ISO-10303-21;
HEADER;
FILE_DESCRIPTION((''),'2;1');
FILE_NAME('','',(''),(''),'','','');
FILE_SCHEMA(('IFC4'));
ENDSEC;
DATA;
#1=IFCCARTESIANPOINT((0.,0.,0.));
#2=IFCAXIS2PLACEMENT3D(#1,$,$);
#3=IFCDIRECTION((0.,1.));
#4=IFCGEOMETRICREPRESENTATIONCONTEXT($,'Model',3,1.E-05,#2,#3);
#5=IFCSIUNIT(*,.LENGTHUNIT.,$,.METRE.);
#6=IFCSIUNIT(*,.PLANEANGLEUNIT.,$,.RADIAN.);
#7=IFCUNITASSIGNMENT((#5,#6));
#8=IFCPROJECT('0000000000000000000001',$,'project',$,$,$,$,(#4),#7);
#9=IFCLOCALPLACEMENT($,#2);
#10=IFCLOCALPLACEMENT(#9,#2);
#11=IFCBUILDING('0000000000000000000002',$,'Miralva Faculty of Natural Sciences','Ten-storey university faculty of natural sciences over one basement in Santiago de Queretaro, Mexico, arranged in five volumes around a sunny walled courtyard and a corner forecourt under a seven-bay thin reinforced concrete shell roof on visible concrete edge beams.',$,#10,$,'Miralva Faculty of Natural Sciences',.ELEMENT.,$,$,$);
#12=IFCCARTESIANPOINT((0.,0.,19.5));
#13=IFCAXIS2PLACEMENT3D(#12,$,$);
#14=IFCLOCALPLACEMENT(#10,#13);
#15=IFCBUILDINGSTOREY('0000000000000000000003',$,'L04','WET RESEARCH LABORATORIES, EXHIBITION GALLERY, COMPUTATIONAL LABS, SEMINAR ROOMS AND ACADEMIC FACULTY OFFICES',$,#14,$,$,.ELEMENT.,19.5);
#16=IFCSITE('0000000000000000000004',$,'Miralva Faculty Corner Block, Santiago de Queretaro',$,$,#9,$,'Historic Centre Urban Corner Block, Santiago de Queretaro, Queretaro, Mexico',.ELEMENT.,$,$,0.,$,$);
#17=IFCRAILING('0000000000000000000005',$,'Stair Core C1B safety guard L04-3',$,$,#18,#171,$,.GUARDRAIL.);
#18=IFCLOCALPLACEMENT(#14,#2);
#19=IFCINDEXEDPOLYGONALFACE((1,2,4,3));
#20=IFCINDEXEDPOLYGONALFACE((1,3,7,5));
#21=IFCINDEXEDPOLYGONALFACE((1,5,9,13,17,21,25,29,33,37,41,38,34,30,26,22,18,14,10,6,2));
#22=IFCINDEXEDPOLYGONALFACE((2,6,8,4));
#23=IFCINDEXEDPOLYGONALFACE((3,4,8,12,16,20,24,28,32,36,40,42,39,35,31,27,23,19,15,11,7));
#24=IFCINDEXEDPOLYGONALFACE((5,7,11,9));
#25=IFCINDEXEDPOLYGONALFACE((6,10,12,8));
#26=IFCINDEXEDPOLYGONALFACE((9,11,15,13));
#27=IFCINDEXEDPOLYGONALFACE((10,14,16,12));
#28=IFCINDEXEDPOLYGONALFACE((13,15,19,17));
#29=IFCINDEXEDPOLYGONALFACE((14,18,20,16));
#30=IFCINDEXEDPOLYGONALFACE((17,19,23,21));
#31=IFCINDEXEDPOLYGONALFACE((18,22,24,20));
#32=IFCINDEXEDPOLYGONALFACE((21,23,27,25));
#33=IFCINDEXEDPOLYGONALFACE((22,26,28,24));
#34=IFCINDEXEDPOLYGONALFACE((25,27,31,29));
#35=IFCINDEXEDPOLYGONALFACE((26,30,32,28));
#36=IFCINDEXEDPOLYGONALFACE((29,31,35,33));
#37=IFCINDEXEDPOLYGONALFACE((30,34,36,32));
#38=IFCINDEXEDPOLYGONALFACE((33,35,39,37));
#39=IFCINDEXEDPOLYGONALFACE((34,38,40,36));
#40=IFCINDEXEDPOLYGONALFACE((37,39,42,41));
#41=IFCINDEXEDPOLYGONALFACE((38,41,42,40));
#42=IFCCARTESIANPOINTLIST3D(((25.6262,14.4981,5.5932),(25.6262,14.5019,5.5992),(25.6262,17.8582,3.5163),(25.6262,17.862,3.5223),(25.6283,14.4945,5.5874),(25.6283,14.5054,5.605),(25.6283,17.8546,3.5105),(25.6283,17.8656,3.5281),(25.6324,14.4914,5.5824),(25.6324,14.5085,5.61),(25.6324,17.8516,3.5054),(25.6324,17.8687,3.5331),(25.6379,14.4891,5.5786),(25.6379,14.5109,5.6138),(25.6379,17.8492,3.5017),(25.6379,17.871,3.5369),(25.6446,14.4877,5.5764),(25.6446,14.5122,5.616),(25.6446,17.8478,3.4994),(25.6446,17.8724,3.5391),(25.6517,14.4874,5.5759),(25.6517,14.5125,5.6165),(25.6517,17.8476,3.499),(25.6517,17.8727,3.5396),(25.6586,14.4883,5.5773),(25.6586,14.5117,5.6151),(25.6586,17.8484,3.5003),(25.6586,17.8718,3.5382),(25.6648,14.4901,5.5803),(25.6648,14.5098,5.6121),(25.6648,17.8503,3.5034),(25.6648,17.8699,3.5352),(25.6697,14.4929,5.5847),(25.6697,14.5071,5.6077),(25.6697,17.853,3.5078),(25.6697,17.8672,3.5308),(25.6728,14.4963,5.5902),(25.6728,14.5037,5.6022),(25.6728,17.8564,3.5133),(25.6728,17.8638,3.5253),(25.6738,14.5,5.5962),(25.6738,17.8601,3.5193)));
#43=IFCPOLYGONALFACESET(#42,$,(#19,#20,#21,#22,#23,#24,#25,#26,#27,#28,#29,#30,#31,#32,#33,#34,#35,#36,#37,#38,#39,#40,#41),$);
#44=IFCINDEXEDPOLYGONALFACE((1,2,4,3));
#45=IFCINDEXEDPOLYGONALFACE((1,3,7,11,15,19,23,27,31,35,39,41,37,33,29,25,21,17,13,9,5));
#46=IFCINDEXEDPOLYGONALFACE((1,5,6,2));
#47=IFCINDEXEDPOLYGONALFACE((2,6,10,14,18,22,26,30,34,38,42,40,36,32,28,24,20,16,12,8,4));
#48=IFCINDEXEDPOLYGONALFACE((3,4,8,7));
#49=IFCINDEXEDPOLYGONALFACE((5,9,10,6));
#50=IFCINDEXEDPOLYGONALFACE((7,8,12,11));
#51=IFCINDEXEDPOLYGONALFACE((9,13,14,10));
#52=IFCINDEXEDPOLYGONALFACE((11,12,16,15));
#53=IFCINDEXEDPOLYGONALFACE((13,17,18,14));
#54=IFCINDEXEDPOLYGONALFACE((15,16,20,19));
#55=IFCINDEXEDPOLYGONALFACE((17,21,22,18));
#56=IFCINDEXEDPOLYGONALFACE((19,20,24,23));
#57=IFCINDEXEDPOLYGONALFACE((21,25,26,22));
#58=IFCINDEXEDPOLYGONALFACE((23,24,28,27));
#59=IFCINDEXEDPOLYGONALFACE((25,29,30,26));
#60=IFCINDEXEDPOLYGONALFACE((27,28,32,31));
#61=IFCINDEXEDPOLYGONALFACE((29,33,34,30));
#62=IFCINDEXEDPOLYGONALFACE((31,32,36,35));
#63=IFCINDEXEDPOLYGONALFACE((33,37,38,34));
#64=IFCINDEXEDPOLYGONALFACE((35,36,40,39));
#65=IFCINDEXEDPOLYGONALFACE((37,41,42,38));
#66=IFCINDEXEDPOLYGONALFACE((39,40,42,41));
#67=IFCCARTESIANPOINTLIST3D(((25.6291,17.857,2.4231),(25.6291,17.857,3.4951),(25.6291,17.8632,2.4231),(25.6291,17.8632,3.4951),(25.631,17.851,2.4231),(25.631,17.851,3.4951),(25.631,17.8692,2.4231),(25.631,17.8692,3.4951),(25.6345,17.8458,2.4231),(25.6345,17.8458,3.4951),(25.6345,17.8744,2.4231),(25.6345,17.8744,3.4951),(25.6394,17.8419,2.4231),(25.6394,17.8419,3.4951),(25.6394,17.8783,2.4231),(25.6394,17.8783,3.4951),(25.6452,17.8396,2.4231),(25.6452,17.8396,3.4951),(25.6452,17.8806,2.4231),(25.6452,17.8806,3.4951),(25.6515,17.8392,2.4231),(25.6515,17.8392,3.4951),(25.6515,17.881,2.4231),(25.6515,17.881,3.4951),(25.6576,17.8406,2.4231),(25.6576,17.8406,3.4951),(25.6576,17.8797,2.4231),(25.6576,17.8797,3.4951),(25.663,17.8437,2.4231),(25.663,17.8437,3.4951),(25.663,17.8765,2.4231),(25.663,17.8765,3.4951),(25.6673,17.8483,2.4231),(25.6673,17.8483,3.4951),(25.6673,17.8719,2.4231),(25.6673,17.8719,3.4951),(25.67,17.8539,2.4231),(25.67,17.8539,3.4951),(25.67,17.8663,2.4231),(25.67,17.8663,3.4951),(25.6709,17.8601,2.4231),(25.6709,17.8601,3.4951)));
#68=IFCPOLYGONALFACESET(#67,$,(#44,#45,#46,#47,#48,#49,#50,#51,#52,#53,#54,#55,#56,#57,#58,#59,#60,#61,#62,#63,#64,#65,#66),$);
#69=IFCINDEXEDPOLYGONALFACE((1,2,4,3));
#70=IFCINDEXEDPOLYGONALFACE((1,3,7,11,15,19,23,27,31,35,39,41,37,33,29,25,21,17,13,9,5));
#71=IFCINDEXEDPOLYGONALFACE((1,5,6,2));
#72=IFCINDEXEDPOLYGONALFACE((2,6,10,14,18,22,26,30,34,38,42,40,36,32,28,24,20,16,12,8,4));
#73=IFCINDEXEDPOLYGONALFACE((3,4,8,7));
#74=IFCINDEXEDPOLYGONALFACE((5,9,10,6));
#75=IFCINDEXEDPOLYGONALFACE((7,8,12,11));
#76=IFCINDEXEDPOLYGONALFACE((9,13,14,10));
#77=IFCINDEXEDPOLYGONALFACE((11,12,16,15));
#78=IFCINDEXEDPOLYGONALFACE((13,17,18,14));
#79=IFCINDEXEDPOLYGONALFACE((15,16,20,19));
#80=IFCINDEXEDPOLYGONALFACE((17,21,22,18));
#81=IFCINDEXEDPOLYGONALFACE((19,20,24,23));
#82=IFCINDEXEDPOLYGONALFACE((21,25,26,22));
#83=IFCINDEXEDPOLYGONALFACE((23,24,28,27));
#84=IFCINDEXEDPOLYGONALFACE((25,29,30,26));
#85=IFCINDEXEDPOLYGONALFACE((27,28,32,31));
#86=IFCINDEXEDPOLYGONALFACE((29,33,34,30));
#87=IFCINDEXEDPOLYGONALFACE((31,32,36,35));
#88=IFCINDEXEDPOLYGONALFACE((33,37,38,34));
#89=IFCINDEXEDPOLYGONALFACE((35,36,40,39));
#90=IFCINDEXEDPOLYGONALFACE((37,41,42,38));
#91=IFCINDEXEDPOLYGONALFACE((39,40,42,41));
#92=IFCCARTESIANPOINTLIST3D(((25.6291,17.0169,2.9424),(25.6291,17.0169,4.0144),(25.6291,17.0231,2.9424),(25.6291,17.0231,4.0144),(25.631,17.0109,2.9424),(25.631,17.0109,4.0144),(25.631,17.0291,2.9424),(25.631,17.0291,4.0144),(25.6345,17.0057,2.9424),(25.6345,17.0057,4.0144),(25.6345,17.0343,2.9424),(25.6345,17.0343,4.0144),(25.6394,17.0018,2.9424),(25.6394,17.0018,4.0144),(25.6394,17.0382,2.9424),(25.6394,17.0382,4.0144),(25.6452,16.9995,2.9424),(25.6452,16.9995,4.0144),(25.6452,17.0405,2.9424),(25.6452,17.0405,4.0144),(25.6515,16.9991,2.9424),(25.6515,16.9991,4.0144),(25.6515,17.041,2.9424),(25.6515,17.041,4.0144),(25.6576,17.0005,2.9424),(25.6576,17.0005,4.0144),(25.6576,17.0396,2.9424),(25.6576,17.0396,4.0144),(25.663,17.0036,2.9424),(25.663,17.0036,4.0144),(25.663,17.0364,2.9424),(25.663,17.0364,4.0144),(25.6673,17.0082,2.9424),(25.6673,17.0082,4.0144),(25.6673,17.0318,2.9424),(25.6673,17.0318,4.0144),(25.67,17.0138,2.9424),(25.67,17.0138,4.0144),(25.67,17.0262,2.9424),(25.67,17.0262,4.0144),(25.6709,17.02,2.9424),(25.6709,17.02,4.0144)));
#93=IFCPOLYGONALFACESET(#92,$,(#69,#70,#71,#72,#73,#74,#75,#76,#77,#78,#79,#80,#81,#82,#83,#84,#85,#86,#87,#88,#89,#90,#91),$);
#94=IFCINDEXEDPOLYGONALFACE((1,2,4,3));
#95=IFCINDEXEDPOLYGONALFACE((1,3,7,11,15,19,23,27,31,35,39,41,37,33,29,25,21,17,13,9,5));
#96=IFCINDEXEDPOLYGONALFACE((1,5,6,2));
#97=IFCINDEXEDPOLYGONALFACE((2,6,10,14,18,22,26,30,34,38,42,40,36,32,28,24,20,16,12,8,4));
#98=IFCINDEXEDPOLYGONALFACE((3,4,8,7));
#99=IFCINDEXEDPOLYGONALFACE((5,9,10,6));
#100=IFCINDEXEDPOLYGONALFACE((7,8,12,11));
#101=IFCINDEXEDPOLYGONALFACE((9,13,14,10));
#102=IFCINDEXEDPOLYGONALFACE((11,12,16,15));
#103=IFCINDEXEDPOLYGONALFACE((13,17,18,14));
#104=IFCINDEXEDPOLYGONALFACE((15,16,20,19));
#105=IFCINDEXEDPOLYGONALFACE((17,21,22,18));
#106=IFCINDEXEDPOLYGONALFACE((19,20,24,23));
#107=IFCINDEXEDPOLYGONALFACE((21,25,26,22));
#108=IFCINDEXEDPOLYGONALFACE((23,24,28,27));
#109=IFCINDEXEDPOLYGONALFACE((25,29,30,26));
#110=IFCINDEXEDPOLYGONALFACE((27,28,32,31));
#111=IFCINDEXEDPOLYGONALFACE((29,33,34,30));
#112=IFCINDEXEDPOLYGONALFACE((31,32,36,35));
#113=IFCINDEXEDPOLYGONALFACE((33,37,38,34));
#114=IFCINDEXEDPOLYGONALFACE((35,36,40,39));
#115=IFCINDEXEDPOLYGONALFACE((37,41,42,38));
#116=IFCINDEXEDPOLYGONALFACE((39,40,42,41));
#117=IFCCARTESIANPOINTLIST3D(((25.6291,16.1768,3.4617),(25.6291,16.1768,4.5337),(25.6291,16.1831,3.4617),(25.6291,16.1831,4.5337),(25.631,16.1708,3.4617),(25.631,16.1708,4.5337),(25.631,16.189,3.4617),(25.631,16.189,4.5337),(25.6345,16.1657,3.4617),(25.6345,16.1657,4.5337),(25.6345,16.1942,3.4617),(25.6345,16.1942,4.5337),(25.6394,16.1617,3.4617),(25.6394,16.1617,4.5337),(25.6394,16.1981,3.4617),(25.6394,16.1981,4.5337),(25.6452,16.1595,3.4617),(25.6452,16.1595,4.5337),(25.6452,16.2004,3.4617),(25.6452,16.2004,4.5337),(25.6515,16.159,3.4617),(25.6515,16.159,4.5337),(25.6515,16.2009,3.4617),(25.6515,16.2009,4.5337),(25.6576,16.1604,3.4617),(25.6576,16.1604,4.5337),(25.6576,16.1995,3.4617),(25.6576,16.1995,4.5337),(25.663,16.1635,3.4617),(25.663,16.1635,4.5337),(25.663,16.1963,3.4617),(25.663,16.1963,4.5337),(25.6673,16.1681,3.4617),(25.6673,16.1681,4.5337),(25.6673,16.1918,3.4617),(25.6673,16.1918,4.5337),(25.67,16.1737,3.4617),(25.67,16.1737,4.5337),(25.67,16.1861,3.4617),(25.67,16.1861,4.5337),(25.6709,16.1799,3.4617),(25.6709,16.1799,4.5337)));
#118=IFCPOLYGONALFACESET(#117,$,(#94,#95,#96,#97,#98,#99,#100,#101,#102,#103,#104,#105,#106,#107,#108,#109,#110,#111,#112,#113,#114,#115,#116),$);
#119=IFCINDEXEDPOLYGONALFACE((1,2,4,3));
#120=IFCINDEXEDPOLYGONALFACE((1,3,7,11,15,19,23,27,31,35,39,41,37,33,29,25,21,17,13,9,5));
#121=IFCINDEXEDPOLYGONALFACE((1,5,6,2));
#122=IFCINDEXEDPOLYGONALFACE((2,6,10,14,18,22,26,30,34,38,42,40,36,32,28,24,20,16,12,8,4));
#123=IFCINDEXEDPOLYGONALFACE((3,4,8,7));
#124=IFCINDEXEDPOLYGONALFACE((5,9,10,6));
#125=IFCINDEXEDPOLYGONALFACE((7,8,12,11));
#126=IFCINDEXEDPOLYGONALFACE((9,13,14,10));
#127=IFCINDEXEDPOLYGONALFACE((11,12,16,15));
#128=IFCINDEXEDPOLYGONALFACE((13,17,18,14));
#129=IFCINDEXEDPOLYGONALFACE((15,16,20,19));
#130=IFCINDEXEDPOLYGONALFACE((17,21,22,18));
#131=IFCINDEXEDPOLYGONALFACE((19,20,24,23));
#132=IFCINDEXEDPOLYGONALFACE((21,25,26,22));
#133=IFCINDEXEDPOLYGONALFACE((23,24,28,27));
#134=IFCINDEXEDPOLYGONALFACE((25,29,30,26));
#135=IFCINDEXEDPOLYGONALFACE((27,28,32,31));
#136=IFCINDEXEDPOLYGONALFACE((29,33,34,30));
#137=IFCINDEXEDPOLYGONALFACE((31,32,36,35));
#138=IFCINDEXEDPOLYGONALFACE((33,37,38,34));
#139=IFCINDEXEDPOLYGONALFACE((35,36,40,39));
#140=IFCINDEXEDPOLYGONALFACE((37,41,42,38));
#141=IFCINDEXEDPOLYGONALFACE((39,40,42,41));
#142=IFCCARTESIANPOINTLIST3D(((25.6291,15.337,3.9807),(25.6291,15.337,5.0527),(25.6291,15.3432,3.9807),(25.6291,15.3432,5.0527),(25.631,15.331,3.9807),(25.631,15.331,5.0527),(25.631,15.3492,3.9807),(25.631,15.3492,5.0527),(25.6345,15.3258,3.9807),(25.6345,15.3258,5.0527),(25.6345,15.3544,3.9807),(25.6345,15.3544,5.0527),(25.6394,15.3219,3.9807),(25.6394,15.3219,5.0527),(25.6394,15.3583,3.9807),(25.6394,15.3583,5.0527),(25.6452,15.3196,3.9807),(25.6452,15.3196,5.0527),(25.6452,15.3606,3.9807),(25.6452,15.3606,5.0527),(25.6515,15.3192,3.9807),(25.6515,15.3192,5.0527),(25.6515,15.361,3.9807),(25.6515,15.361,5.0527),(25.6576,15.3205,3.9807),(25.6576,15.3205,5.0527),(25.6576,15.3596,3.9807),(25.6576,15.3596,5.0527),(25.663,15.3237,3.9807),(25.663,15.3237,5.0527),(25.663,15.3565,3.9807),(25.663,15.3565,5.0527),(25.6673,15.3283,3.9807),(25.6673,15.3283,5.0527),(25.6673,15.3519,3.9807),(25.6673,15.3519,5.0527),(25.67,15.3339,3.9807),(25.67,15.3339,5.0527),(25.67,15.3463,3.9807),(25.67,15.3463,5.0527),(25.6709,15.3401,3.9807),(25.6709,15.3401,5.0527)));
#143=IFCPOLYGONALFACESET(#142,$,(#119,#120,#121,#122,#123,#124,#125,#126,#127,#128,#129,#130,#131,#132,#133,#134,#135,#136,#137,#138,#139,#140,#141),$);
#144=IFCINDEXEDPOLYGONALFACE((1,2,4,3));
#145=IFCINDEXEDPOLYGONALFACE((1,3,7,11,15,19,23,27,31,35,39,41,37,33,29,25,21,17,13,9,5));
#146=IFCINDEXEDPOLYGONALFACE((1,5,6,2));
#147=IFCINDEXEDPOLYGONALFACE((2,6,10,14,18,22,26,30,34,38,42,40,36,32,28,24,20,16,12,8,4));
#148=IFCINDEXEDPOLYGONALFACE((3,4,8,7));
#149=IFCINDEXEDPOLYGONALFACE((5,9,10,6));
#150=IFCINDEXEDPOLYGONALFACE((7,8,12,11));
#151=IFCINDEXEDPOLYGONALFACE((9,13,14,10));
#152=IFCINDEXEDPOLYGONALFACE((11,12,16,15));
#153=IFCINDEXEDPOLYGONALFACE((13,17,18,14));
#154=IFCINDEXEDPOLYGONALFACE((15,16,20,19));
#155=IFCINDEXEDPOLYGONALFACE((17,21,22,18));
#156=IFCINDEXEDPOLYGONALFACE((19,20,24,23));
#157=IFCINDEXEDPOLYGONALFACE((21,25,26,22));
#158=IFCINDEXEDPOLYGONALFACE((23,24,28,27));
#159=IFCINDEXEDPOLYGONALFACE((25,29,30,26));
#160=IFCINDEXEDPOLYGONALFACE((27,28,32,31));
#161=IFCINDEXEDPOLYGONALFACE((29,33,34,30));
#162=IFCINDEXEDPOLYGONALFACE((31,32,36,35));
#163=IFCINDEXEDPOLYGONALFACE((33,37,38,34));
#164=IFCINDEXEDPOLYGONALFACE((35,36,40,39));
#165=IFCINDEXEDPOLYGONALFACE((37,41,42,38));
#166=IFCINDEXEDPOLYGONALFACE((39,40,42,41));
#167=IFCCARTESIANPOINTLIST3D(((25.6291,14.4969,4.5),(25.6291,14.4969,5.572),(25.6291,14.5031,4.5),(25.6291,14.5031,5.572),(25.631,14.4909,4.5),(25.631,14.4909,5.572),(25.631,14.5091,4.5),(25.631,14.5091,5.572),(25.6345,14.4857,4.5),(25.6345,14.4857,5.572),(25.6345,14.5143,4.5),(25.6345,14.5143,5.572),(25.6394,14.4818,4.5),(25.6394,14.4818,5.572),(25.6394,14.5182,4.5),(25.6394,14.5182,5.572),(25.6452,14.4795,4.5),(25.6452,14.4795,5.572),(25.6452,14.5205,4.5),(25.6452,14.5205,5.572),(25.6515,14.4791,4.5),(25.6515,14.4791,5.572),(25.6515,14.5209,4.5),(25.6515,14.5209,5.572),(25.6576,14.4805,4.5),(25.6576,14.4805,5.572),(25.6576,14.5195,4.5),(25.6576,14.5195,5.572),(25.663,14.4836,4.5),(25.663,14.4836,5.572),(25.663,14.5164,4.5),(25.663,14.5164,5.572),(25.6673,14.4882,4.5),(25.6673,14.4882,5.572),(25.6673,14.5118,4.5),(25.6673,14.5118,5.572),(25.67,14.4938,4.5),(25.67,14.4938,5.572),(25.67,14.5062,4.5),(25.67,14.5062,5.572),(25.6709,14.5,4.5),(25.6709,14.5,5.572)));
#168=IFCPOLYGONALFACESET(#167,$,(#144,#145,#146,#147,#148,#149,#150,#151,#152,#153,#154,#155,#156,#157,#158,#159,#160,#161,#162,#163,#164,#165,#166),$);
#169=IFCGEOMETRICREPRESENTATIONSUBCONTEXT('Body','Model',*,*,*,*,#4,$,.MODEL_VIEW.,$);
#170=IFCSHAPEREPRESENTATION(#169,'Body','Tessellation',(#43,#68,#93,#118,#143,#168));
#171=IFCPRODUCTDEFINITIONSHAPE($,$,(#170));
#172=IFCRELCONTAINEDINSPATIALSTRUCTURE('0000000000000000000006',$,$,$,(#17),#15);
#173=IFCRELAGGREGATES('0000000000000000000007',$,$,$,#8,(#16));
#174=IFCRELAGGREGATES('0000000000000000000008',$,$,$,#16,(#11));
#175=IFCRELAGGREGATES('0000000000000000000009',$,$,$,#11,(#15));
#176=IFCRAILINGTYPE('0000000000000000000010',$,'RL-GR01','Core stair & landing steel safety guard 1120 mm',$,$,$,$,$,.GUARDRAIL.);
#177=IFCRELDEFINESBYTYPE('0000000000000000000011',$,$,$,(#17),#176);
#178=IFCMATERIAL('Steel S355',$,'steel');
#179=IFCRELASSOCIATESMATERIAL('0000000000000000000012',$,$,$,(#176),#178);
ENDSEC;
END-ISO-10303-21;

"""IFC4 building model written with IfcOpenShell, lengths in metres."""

from ifc_helpers import new_model, si_unit, direction, frame, origin, origin_2d, place, context, subcontext, project, spatial, circle, extrude, material, type_object, element, save


model = new_model("IFC4")

# Units and contexts
model_context = context("Model", 3, precision=1e-05, world=origin(), true_north=direction((0.0, 1.0)))
body_context = subcontext(model_context, "Body", "Model", "MODEL_VIEW")
ifc_project = project(units=[si_unit("LENGTHUNIT", "METRE"), si_unit("PLANEANGLEUNIT", "RADIAN")], contexts=[model_context])

# Site, building, storey
site_placement = place(None, origin())
site = spatial("IfcSite", under=ifc_project, at=site_placement, Name="Miralva Faculty Corner Block, Santiago de Queretaro", LongName="Historic Centre Urban Corner Block, Santiago de Queretaro, Queretaro, Mexico", CompositionType="ELEMENT", RefElevation=0.0)
building_placement = place(site_placement, origin())
building = spatial("IfcBuilding", under=site, at=building_placement, Name="Miralva Faculty of Natural Sciences", Description="Ten-storey university faculty of natural sciences over one basement in Santiago de Queretaro, Mexico, arranged in five volumes around a sunny walled courtyard and a corner forecourt under a seven-bay thin reinforced concrete shell roof on visible concrete edge beams.", LongName="Miralva Faculty of Natural Sciences", CompositionType="ELEMENT")
storey_placement = place(building_placement, frame((0.0, 0.0, 19.5)))
storey = spatial("IfcBuildingStorey", under=building, at=storey_placement, Name="L04", Description="WET RESEARCH LABORATORIES, EXHIBITION GALLERY, COMPUTATIONAL LABS, SEMINAR ROOMS AND ACADEMIC FACULTY OFFICES", CompositionType="ELEMENT", Elevation=19.5)

# Railing
ifc_material_1 = material(Name="Steel S355", Category="steel")
railing_type_1 = type_object("IfcRailingType", Name="RL-GR01", Description="Core stair & landing steel safety guard 1120 mm", PredefinedType="GUARDRAIL", material=ifc_material_1)
railing_1_placement = place(storey_placement, frame((25.6499, 17.8601, 2.4231)))
element("IfcRailing", 1, at=railing_1_placement, inside=storey, type_object=railing_type_1, Name="Stair Core C1B safety guard L04-3", PredefinedType="GUARDRAIL", context=body_context, shape_type="SweptSolid", body=[
    extrude(circle(Radius=0.0239, at=origin_2d()), frame((0.0, 0.0, 1.0962), z_axis=(0.0, -0.850623, 0.525776), x_axis=(1.0, 0.0, 0.0)), (0.0, 0.0, 1.0), 3.9502),
    extrude(circle(Radius=0.021, at=origin_2d()), origin(), (0.0, 0.0, 1.0), 1.072),
    extrude(circle(Radius=0.021, at=origin_2d()), frame((0.0, -0.8401, 0.5193)), (0.0, 0.0, 1.0), 1.072),
    extrude(circle(Radius=0.021, at=origin_2d()), frame((0.0, -1.6802, 1.0386)), (0.0, 0.0, 1.0), 1.072),
    extrude(circle(Radius=0.021, at=origin_2d()), frame((0.0, -2.52, 1.5576)), (0.0, 0.0, 1.0), 1.072),
    extrude(circle(Radius=0.021, at=origin_2d()), frame((0.0, -3.3601, 2.0769)), (0.0, 0.0, 1.0), 1.072),
])

save(model, "model.ifc")
